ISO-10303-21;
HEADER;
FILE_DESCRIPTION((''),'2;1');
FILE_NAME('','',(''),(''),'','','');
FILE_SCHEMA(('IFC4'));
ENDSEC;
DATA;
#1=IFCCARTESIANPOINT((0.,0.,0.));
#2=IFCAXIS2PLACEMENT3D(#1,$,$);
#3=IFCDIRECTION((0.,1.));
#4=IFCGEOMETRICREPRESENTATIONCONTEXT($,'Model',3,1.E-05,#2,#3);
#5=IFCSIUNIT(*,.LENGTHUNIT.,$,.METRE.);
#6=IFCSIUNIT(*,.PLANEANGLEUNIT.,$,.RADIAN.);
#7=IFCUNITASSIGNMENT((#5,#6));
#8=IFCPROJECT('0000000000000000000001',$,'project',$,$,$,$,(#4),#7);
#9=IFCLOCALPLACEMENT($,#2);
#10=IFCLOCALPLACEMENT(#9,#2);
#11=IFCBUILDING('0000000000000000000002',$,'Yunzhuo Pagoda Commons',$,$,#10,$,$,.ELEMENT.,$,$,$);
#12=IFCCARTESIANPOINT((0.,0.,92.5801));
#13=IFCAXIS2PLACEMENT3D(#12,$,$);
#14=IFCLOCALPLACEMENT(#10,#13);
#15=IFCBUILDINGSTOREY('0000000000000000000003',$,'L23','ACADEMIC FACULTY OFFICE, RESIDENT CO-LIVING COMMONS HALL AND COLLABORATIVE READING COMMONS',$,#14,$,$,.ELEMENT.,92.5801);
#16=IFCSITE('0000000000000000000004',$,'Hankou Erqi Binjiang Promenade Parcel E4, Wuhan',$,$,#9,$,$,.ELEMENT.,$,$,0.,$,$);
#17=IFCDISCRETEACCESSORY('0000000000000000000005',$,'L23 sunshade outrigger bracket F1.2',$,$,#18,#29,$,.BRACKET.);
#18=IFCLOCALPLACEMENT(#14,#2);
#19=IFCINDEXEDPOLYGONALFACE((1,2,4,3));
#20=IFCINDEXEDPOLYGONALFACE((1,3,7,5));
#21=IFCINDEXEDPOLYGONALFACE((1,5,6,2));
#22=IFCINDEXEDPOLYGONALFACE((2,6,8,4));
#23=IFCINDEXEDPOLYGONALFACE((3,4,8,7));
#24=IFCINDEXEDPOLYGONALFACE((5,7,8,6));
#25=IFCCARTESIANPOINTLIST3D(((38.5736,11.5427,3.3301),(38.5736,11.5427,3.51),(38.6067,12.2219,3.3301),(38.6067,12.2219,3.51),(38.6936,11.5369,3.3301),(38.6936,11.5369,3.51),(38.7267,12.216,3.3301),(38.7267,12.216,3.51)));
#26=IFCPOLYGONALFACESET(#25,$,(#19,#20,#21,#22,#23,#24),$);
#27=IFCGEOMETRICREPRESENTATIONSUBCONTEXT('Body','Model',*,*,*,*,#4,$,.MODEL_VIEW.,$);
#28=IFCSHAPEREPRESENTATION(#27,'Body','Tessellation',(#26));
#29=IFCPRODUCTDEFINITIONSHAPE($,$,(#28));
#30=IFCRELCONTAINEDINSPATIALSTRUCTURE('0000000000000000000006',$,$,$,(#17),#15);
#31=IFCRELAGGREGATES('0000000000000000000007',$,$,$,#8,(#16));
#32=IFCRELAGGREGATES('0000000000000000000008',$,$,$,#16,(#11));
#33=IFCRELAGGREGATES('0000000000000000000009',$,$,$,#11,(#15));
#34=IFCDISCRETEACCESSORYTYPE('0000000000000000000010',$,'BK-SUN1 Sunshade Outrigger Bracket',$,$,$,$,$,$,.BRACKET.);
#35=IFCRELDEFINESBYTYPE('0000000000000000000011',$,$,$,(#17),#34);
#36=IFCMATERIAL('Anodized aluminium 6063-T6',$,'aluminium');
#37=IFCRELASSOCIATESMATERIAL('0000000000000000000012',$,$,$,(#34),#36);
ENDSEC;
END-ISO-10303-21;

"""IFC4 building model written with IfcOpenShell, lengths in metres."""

from ifc_helpers import new_model, si_unit, direction, frame, origin, origin_2d, place, context, subcontext, project, spatial, rectangle, extrude, source, transform, mapped, material, type_object, element, save


model = new_model("IFC4")

# Units and contexts
model_context = context("Model", 3, precision=1e-05, world=origin(), true_north=direction((0.0, 1.0)))
body_context = subcontext(model_context, "Body", "Model", "MODEL_VIEW")
ifc_project = project(units=[si_unit("LENGTHUNIT", "METRE"), si_unit("PLANEANGLEUNIT", "RADIAN")], contexts=[model_context])

# Site, building, storey
site_placement = place(None, origin())
site = spatial("IfcSite", under=ifc_project, at=site_placement, Name="Hankou Erqi Binjiang Promenade Parcel E4, Wuhan", CompositionType="ELEMENT", RefElevation=0.0)
building_placement = place(site_placement, origin())
building = spatial("IfcBuilding", under=site, at=building_placement, Name="Yunzhuo Pagoda Commons", CompositionType="ELEMENT")
storey_placement = place(building_placement, frame((0.0, 0.0, 92.5801)))
storey = spatial("IfcBuildingStorey", under=building, at=storey_placement, Name="L23", Description="ACADEMIC FACULTY OFFICE, RESIDENT CO-LIVING COMMONS HALL AND COLLABORATIVE READING COMMONS", CompositionType="ELEMENT", Elevation=92.5801)

# Shared definitions
ifc_material_1 = material(Name="Anodized aluminium 6063-T6", Category="aluminium")

# Discrete accessory
discrete_accessory_type = type_object("IfcDiscreteAccessoryType", Name="BK-SUN1 Sunshade Outrigger Bracket", PredefinedType="BRACKET", material=ifc_material_1)
shared_shape_1 = source(origin(), body_context, "Body", "SweptSolid", [
    extrude(rectangle(XDim=0.1201, YDim=0.6799, at=origin_2d()), origin(), (0.0, 0.0, 1.0), 0.1799),
])
discrete_accessory_placement = place(storey_placement, frame((38.6501, 11.8794, 3.3301), z_axis=(0.0, 0.0, 1.0), x_axis=(0.998818, -0.048606, 0.0)))
element("IfcDiscreteAccessory", 1, at=discrete_accessory_placement, inside=storey, type_object=discrete_accessory_type, Name="L23 sunshade outrigger bracket F1.2", PredefinedType="BRACKET", context=body_context, shape_type="MappedRepresentation", body=[
    mapped(shared_shape_1, transform((0.0, 0.0, 0.0), scale=1.0)),
])

save(model, "model.ifc")
